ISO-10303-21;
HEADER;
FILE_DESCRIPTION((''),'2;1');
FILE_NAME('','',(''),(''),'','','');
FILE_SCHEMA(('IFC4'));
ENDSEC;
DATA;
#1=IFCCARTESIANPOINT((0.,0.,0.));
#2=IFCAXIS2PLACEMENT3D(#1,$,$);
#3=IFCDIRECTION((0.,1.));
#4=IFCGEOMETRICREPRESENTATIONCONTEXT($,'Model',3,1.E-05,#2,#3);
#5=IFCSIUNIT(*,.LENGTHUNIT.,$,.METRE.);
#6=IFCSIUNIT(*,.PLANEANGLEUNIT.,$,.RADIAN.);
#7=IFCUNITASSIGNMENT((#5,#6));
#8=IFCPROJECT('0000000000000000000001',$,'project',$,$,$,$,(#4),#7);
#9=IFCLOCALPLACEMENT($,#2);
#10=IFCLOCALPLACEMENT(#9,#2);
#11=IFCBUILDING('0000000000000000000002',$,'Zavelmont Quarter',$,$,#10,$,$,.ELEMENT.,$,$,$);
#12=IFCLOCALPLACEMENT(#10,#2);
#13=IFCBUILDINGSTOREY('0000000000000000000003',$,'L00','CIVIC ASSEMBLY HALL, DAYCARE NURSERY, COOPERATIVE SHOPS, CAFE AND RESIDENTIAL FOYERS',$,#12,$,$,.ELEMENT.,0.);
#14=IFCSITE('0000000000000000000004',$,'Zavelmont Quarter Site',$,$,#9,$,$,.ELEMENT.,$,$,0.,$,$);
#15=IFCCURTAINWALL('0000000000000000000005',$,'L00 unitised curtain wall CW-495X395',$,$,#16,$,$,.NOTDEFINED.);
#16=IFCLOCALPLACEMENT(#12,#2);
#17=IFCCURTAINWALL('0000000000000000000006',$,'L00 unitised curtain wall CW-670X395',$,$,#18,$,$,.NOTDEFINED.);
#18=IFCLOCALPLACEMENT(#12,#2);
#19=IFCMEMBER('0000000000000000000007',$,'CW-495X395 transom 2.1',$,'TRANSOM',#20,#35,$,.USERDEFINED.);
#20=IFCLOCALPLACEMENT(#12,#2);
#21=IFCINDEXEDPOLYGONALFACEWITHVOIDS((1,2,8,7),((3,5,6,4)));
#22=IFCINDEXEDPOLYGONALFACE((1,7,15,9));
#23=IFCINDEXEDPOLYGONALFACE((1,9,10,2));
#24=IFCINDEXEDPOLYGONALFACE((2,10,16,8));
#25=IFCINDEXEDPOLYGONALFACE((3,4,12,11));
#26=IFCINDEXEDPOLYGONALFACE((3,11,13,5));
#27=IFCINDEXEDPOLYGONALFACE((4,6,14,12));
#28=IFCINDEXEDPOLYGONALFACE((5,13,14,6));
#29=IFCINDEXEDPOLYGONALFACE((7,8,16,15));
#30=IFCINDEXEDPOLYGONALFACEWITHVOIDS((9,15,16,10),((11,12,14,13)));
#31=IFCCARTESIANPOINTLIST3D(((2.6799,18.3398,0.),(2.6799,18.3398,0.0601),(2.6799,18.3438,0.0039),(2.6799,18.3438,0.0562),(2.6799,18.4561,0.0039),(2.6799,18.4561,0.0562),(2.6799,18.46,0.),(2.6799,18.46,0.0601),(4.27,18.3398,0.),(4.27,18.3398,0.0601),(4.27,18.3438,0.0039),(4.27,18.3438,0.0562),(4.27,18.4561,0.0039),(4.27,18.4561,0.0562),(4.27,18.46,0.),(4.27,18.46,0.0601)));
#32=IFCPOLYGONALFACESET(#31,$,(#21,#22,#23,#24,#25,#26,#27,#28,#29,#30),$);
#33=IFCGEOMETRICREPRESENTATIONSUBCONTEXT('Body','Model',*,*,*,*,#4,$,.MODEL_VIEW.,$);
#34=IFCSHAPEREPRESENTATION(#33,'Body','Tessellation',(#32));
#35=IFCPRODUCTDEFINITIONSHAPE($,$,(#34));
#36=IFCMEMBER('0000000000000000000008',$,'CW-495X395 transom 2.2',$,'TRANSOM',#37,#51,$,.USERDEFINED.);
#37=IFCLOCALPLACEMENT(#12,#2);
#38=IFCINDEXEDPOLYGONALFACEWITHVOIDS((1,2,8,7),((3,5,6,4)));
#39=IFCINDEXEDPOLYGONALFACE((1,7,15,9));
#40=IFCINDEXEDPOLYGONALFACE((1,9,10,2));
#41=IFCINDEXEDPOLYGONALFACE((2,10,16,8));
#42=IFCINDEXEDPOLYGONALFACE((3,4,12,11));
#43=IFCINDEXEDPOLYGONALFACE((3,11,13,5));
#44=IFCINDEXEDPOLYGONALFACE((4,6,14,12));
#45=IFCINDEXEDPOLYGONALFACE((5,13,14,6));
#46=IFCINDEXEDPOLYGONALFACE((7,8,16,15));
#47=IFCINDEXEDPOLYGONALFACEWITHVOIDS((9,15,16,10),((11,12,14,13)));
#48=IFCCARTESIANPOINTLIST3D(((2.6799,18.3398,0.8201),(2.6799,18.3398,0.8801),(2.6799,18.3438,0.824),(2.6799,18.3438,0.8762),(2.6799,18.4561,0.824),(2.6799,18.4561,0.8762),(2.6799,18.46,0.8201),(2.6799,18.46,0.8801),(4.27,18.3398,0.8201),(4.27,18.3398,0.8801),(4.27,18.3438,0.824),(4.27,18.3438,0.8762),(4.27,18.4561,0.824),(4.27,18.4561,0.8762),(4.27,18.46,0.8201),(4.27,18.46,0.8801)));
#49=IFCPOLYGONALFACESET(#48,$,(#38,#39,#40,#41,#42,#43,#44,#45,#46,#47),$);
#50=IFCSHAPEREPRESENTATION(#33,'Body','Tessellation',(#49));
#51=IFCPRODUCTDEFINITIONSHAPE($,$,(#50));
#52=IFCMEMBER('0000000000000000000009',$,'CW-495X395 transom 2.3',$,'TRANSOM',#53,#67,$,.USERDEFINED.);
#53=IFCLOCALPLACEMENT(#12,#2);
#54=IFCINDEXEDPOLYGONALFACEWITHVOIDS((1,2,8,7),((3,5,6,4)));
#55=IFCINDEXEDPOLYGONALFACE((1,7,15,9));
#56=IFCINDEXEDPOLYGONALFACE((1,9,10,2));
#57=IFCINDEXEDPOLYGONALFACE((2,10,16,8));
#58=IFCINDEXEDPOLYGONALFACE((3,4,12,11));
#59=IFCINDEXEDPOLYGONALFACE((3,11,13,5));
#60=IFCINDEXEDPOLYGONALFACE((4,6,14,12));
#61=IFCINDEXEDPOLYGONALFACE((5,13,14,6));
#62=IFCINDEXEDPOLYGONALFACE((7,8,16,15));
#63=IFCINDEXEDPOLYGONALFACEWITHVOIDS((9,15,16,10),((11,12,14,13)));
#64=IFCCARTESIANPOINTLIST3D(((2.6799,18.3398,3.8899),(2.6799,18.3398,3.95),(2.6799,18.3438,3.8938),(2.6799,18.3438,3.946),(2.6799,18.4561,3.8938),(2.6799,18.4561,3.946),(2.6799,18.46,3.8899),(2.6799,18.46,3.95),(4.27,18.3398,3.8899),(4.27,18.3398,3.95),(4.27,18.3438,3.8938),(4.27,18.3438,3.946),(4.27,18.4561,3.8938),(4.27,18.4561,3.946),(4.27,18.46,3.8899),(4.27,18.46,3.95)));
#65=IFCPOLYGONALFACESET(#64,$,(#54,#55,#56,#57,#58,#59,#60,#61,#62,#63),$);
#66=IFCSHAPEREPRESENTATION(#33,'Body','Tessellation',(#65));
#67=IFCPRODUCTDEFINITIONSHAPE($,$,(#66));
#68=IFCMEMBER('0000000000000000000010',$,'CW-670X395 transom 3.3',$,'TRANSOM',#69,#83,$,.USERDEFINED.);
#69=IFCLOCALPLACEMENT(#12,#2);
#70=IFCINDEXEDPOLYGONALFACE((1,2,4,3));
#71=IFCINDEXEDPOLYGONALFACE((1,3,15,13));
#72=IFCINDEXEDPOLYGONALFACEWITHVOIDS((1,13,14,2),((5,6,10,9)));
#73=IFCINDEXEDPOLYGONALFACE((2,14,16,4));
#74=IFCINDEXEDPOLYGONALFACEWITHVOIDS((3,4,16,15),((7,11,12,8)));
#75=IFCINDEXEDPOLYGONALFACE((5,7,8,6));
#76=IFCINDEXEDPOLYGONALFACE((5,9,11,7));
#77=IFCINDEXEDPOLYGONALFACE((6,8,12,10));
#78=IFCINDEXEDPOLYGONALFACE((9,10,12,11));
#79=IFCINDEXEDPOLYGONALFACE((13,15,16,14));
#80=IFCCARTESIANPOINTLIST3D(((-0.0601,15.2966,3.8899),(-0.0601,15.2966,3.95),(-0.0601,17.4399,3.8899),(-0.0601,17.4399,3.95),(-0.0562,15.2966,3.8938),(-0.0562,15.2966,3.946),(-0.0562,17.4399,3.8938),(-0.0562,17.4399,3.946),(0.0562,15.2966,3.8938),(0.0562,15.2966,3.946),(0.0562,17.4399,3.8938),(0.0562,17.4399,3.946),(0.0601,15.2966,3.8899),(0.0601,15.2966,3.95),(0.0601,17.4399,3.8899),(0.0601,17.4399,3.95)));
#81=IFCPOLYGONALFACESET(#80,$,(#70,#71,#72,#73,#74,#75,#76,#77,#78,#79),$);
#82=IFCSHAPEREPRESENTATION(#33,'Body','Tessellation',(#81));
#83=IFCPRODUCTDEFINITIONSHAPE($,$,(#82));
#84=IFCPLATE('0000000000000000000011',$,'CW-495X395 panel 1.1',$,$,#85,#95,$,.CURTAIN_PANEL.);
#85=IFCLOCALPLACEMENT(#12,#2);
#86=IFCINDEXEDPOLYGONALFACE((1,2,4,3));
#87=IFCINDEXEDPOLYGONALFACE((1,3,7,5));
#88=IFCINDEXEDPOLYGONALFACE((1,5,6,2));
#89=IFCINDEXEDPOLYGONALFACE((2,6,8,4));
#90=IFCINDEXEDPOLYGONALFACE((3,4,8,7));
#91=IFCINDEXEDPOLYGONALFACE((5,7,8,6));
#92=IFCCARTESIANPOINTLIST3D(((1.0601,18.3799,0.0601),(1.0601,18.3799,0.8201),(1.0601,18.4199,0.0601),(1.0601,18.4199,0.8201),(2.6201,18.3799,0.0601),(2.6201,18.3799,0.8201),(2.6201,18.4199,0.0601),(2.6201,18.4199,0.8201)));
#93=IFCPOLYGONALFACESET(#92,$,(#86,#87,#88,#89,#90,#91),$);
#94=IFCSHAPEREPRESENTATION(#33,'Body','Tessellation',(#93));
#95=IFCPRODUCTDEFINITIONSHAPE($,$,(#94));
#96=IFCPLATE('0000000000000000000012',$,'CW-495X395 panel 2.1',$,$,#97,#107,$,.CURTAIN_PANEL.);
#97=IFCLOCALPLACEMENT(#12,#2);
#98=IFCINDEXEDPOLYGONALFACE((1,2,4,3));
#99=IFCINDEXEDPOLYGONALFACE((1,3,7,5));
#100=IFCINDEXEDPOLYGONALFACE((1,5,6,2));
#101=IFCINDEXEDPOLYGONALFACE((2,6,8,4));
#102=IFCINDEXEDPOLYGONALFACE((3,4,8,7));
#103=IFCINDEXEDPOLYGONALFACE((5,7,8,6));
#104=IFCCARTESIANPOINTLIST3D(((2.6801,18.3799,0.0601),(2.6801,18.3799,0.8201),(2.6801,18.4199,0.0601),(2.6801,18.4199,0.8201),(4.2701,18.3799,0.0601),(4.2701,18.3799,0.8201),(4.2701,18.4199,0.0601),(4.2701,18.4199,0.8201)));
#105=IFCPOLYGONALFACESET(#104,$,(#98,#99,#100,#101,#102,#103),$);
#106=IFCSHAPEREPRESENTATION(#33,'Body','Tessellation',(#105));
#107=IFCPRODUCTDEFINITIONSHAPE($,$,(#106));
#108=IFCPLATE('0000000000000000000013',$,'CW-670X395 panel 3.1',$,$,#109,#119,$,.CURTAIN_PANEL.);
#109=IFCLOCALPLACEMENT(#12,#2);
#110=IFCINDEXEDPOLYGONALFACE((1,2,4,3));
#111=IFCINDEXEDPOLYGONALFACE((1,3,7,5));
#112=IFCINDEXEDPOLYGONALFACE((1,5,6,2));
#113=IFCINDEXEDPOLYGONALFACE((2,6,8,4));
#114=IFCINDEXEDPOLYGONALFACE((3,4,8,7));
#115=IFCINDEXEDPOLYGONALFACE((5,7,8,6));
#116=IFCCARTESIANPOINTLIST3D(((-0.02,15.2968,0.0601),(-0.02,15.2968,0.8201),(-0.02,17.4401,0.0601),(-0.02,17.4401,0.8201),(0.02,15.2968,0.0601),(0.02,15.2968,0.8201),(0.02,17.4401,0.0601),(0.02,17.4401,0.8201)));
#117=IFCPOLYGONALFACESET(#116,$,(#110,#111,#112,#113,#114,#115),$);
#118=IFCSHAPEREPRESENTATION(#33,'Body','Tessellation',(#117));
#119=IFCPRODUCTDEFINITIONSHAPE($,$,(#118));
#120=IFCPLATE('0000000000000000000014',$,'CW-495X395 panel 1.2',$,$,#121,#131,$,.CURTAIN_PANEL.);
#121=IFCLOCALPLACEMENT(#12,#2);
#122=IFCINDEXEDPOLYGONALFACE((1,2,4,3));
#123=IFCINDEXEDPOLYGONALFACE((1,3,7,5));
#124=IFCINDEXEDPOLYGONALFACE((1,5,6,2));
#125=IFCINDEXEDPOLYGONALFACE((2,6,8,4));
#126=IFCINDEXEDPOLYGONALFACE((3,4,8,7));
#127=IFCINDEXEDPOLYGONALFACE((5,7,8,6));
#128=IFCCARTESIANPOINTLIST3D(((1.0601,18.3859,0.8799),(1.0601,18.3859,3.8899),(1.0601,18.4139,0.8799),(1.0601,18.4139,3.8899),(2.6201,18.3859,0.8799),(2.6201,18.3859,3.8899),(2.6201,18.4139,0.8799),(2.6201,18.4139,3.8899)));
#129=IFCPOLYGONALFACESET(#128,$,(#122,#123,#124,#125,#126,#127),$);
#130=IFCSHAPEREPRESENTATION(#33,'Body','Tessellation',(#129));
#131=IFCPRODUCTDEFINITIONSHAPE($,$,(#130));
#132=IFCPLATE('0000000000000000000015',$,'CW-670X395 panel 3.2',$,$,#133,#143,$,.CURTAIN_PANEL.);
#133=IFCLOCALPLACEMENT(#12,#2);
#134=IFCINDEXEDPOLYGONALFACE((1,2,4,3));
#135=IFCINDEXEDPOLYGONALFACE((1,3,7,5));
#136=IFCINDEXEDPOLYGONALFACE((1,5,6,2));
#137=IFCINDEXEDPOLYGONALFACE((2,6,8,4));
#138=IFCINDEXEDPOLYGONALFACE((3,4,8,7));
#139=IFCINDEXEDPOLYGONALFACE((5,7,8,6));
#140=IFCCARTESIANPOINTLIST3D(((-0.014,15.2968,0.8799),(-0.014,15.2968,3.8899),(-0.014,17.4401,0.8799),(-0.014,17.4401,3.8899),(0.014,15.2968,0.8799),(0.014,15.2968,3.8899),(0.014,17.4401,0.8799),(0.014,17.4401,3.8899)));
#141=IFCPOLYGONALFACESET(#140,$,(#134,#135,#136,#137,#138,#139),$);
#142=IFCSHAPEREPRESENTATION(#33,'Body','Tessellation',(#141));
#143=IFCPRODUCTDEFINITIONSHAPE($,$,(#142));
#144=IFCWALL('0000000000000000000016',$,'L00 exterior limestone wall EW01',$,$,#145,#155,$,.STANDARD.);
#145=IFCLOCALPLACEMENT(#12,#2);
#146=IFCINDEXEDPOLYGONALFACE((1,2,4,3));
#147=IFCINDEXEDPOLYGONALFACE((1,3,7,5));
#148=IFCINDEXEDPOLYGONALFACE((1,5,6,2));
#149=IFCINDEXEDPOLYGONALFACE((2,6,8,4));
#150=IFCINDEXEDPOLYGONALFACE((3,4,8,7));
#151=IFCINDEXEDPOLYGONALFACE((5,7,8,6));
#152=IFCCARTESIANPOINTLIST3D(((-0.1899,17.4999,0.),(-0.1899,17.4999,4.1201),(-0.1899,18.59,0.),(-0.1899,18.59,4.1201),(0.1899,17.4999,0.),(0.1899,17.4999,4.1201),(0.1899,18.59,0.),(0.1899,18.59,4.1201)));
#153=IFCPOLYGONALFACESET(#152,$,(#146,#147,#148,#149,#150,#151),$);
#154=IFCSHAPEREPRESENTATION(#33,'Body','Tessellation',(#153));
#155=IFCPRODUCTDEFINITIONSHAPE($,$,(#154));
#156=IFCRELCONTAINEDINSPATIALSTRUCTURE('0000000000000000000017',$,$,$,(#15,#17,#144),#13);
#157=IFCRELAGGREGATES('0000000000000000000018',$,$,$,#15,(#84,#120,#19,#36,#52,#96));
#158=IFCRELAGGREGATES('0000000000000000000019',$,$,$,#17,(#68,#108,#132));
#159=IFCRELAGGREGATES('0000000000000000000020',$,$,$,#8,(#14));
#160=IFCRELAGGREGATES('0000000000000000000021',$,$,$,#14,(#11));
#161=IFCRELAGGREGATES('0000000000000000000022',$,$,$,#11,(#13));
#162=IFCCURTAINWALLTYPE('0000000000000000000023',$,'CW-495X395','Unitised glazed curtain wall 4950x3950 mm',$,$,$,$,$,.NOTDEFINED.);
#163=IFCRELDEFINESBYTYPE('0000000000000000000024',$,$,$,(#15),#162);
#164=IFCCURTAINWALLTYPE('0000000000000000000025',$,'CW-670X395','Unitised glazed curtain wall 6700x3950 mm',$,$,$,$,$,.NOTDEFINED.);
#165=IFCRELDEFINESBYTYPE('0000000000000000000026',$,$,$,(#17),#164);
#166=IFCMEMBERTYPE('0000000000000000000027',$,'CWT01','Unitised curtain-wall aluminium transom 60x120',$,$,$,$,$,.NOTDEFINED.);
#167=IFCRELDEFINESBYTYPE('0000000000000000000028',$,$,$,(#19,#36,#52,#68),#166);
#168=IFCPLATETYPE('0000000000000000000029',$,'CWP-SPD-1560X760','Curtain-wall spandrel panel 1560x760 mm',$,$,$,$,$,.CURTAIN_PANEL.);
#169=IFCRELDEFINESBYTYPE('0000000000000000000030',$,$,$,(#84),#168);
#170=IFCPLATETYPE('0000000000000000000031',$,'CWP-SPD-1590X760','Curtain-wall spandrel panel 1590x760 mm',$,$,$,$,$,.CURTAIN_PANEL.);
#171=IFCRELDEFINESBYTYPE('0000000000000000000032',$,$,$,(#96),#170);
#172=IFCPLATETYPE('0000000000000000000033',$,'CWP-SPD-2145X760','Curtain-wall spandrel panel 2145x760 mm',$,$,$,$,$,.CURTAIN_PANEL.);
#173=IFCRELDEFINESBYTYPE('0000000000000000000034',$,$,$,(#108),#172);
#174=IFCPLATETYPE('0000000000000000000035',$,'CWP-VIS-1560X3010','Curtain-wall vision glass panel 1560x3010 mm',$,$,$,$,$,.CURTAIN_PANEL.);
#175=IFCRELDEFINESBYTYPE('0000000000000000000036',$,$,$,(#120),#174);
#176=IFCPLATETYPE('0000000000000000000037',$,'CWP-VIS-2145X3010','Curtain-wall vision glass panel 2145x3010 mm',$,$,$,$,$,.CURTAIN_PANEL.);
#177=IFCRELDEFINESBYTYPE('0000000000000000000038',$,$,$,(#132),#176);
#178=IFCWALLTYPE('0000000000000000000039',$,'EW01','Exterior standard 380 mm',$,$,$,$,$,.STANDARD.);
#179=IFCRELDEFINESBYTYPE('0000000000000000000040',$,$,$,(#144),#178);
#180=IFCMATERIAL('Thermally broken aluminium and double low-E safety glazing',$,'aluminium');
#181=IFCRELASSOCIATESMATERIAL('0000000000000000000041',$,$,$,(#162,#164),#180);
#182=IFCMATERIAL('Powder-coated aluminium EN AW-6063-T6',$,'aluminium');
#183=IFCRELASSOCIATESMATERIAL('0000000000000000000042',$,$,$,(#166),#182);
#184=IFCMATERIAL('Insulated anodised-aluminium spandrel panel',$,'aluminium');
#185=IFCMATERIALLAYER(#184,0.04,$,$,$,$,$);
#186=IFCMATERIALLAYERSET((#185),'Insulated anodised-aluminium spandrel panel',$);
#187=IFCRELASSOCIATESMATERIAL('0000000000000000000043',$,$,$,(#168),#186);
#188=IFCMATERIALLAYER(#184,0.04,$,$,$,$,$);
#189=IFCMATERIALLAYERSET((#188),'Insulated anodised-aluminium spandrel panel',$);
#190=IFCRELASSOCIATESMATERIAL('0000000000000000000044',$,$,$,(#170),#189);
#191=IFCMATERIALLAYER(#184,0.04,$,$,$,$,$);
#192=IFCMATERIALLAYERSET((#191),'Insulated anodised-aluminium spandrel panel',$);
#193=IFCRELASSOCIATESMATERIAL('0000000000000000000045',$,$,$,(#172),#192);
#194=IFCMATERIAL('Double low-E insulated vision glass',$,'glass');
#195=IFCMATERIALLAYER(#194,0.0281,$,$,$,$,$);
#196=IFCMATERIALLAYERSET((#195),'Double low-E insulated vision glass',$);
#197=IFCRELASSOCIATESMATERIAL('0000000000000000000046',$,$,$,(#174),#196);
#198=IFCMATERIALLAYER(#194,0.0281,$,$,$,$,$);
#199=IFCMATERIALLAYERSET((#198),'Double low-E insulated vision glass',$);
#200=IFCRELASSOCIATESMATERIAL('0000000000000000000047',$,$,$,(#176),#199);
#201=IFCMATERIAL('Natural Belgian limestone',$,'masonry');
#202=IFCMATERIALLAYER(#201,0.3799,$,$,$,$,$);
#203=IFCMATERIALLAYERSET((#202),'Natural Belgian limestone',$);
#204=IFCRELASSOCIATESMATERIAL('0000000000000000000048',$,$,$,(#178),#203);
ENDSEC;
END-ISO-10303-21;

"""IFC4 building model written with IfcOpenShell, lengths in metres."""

from ifc_helpers import new_model, si_unit, direction, frame, frame_2d, origin, origin_2d, place, context, subcontext, project, spatial, rectangle, hollow_rectangle, extrude, material, layer, layer_set, material_profile, profile_set, type_object, element, aggregate, save


model = new_model("IFC4")

# Units and contexts
model_context = context("Model", 3, precision=1e-05, world=origin(), true_north=direction((0.0, 1.0)))
body_context = subcontext(model_context, "Body", "Model", "MODEL_VIEW")
ifc_project = project(units=[si_unit("LENGTHUNIT", "METRE"), si_unit("PLANEANGLEUNIT", "RADIAN")], contexts=[model_context])

# Site, building, storey
site_placement = place(None, origin())
site = spatial("IfcSite", under=ifc_project, at=site_placement, Name="Zavelmont Quarter Site", CompositionType="ELEMENT", RefElevation=0.0)
building_placement = place(site_placement, origin())
building = spatial("IfcBuilding", under=site, at=building_placement, Name="Zavelmont Quarter", CompositionType="ELEMENT")
storey_placement = place(building_placement, origin())
storey = spatial("IfcBuildingStorey", under=building, at=storey_placement, Name="L00", Description="CIVIC ASSEMBLY HALL, DAYCARE NURSERY, COOPERATIVE SHOPS, CAFE AND RESIDENTIAL FOYERS", CompositionType="ELEMENT", Elevation=0.0)

# Curtain wall
ifc_material_1 = material(Name="Thermally broken aluminium and double low-E safety glazing", Category="aluminium")
curtain_wall_type_1 = type_object("IfcCurtainWallType", Name="CW-495X395", Description="Unitised glazed curtain wall 4950x3950 mm", PredefinedType="NOTDEFINED", material=ifc_material_1)
curtain_wall_1_placement = place(storey_placement, origin())
curtain_wall_1 = element("IfcCurtainWall", 1, at=curtain_wall_1_placement, inside=storey, type_object=curtain_wall_type_1, Name="L00 unitised curtain wall CW-495X395", PredefinedType="NOTDEFINED")
ifc_material_2 = material(Name="Powder-coated aluminium EN AW-6063-T6", Category="aluminium")

# Curtain wall
curtain_wall_type_2 = type_object("IfcCurtainWallType", Name="CW-670X395", Description="Unitised glazed curtain wall 6700x3950 mm", PredefinedType="NOTDEFINED", material=ifc_material_1)
curtain_wall_2_placement = place(storey_placement, origin())
curtain_wall_2 = element("IfcCurtainWall", 2, at=curtain_wall_2_placement, inside=storey, type_object=curtain_wall_type_2, Name="L00 unitised curtain wall CW-670X395", PredefinedType="NOTDEFINED")

# Members
ifc_material_profile_1 = material_profile(ifc_material_2, hollow_rectangle(XDim=0.1201, YDim=0.0601, WallThickness=0.0039, at=origin_2d()), Name="CWT60X120")
ifc_profile_set_1 = profile_set([ifc_material_profile_1], Name="Powder-coated aluminium EN AW-6063-T6")
member_type_1 = type_object("IfcMemberType", Name="CWT01", Description="Unitised curtain-wall aluminium transom 60x120", PredefinedType="NOTDEFINED", material=ifc_profile_set_1)
member_1_placement = place(storey_placement, frame((2.6799, 18.3999, 0.03), z_axis=(1.0, 0.0, 0.0), x_axis=(0.0, 1.0, 0.0)))
member_1 = element("IfcMember", 3, at=member_1_placement, type_object=member_type_1, Name="CW-495X395 transom 2.1", ObjectType="TRANSOM", PredefinedType="USERDEFINED", context=body_context, shape_type="SweptSolid", body=[
    extrude(hollow_rectangle(XDim=0.1201, YDim=0.0601, WallThickness=0.0039, at=origin_2d()), origin(), (0.0, 0.0, 1.0), 1.5901),
])
member_2_placement = place(storey_placement, frame((2.6799, 18.3999, 0.8501), z_axis=(1.0, 0.0, 0.0), x_axis=(0.0, 1.0, 0.0)))
member_2 = element("IfcMember", 4, at=member_2_placement, type_object=member_type_1, Name="CW-495X395 transom 2.2", ObjectType="TRANSOM", PredefinedType="USERDEFINED", context=body_context, shape_type="SweptSolid", body=[
    extrude(hollow_rectangle(XDim=0.1201, YDim=0.0601, WallThickness=0.0039, at=origin_2d()), origin(), (0.0, 0.0, 1.0), 1.5901),
])
member_3_placement = place(storey_placement, frame((2.6799, 18.3999, 3.9199), z_axis=(1.0, 0.0, 0.0), x_axis=(0.0, 1.0, 0.0)))
member_3 = element("IfcMember", 5, at=member_3_placement, type_object=member_type_1, Name="CW-495X395 transom 2.3", ObjectType="TRANSOM", PredefinedType="USERDEFINED", context=body_context, shape_type="SweptSolid", body=[
    extrude(hollow_rectangle(XDim=0.1201, YDim=0.0601, WallThickness=0.0039, at=origin_2d()), origin(), (0.0, 0.0, 1.0), 1.5901),
])
member_4_placement = place(storey_placement, frame((0.0, 15.2966, 3.9199), z_axis=(0.0, 1.0, 0.0), x_axis=(-1.0, 0.0, 0.0)))
member_4 = element("IfcMember", 6, at=member_4_placement, type_object=member_type_1, Name="CW-670X395 transom 3.3", ObjectType="TRANSOM", PredefinedType="USERDEFINED", context=body_context, shape_type="SweptSolid", body=[
    extrude(hollow_rectangle(XDim=0.1201, YDim=0.0601, WallThickness=0.0039, at=origin_2d()), origin(), (0.0, 0.0, 1.0), 2.1433),
])

# Plates
ifc_material_3 = material(Name="Insulated anodised-aluminium spandrel panel", Category="aluminium")
ifc_layer_1 = layer(ifc_material_3, 0.04)
ifc_layer_set_1 = layer_set([ifc_layer_1], Name="Insulated anodised-aluminium spandrel panel")
plate_type_1 = type_object("IfcPlateType", Name="CWP-SPD-1560X760", Description="Curtain-wall spandrel panel 1560x760 mm", PredefinedType="CURTAIN_PANEL", material=ifc_layer_set_1)
plate_1_placement = place(storey_placement, frame((1.8401, 18.3999, 0.0601), z_axis=(0.0, 0.0, 1.0), x_axis=(1.0, 0.0, 0.0)))
plate_1 = element("IfcPlate", 7, at=plate_1_placement, type_object=plate_type_1, Name="CW-495X395 panel 1.1", PredefinedType="CURTAIN_PANEL", context=body_context, shape_type="SweptSolid", body=[
    extrude(rectangle(XDim=1.5601, YDim=0.04, at=origin_2d()), origin(), (0.0, 0.0, 1.0), 0.76),
])
ifc_layer_2 = layer(ifc_material_3, 0.04)
ifc_layer_set_2 = layer_set([ifc_layer_2], Name="Insulated anodised-aluminium spandrel panel")
plate_type_2 = type_object("IfcPlateType", Name="CWP-SPD-1590X760", Description="Curtain-wall spandrel panel 1590x760 mm", PredefinedType="CURTAIN_PANEL", material=ifc_layer_set_2)
plate_2_placement = place(storey_placement, frame((3.4751, 18.3999, 0.0601), z_axis=(0.0, 0.0, 1.0), x_axis=(1.0, 0.0, 0.0)))
plate_2 = element("IfcPlate", 8, at=plate_2_placement, type_object=plate_type_2, Name="CW-495X395 panel 2.1", PredefinedType="CURTAIN_PANEL", context=body_context, shape_type="SweptSolid", body=[
    extrude(rectangle(XDim=1.5901, YDim=0.04, at=origin_2d()), origin(), (0.0, 0.0, 1.0), 0.76),
])
ifc_layer_3 = layer(ifc_material_3, 0.04)
ifc_layer_set_3 = layer_set([ifc_layer_3], Name="Insulated anodised-aluminium spandrel panel")
plate_type_3 = type_object("IfcPlateType", Name="CWP-SPD-2145X760", Description="Curtain-wall spandrel panel 2145x760 mm", PredefinedType="CURTAIN_PANEL", material=ifc_layer_set_3)
plate_3_placement = place(storey_placement, frame((0.0, 16.3684, 0.0601), z_axis=(0.0, 0.0, 1.0), x_axis=(0.0, 1.0, 0.0)))
plate_3 = element("IfcPlate", 9, at=plate_3_placement, type_object=plate_type_3, Name="CW-670X395 panel 3.1", PredefinedType="CURTAIN_PANEL", context=body_context, shape_type="SweptSolid", body=[
    extrude(rectangle(XDim=2.1433, YDim=0.04, at=origin_2d()), origin(), (0.0, 0.0, 1.0), 0.76),
])
ifc_material_4 = material(Name="Double low-E insulated vision glass", Category="glass")
ifc_layer_4 = layer(ifc_material_4, 0.0281)
ifc_layer_set_4 = layer_set([ifc_layer_4], Name="Double low-E insulated vision glass")
plate_type_4 = type_object("IfcPlateType", Name="CWP-VIS-1560X3010", Description="Curtain-wall vision glass panel 1560x3010 mm", PredefinedType="CURTAIN_PANEL", material=ifc_layer_set_4)
plate_4_placement = place(storey_placement, frame((1.8401, 18.3999, 0.8799), z_axis=(0.0, 0.0, 1.0), x_axis=(1.0, 0.0, 0.0)))
plate_4 = element("IfcPlate", 10, at=plate_4_placement, type_object=plate_type_4, Name="CW-495X395 panel 1.2", PredefinedType="CURTAIN_PANEL", context=body_context, shape_type="SweptSolid", body=[
    extrude(rectangle(XDim=1.5601, YDim=0.0281, at=origin_2d()), origin(), (0.0, 0.0, 1.0), 3.01),
])
aggregate(curtain_wall_1, [plate_1, plate_4, member_1, member_2, member_3, plate_2])
ifc_layer_5 = layer(ifc_material_4, 0.0281)
ifc_layer_set_5 = layer_set([ifc_layer_5], Name="Double low-E insulated vision glass")
plate_type_5 = type_object("IfcPlateType", Name="CWP-VIS-2145X3010", Description="Curtain-wall vision glass panel 2145x3010 mm", PredefinedType="CURTAIN_PANEL", material=ifc_layer_set_5)
plate_5_placement = place(storey_placement, frame((0.0, 16.3684, 0.8799), z_axis=(0.0, 0.0, 1.0), x_axis=(0.0, 1.0, 0.0)))
plate_5 = element("IfcPlate", 11, at=plate_5_placement, type_object=plate_type_5, Name="CW-670X395 panel 3.2", PredefinedType="CURTAIN_PANEL", context=body_context, shape_type="SweptSolid", body=[
    extrude(rectangle(XDim=2.1433, YDim=0.0281, at=origin_2d()), origin(), (0.0, 0.0, 1.0), 3.01),
])
aggregate(curtain_wall_2, [member_4, plate_3, plate_5])

# Wall
ifc_material_5 = material(Name="Natural Belgian limestone", Category="masonry")
ifc_layer_6 = layer(ifc_material_5, 0.3799)
ifc_layer_set_6 = layer_set([ifc_layer_6], Name="Natural Belgian limestone")
wall_type_1 = type_object("IfcWallType", Name="EW01", Description="Exterior standard 380 mm", PredefinedType="STANDARD", material=ifc_layer_set_6)
wall_1_placement = place(storey_placement, frame((0.0, 17.5, 0.0), z_axis=(0.0, 0.0, 1.0), x_axis=(0.0, 1.0, 0.0)))
element("IfcWall", 12, at=wall_1_placement, inside=storey, type_object=wall_type_1, Name="L00 exterior limestone wall EW01", PredefinedType="STANDARD", context=body_context, shape_type="SweptSolid", body=[
    extrude(rectangle(XDim=1.0901, YDim=0.3799, at=frame_2d((0.5449, 0.0))), origin(), (0.0, 0.0, 1.0), 4.1201),
])

save(model, "model.ifc")
